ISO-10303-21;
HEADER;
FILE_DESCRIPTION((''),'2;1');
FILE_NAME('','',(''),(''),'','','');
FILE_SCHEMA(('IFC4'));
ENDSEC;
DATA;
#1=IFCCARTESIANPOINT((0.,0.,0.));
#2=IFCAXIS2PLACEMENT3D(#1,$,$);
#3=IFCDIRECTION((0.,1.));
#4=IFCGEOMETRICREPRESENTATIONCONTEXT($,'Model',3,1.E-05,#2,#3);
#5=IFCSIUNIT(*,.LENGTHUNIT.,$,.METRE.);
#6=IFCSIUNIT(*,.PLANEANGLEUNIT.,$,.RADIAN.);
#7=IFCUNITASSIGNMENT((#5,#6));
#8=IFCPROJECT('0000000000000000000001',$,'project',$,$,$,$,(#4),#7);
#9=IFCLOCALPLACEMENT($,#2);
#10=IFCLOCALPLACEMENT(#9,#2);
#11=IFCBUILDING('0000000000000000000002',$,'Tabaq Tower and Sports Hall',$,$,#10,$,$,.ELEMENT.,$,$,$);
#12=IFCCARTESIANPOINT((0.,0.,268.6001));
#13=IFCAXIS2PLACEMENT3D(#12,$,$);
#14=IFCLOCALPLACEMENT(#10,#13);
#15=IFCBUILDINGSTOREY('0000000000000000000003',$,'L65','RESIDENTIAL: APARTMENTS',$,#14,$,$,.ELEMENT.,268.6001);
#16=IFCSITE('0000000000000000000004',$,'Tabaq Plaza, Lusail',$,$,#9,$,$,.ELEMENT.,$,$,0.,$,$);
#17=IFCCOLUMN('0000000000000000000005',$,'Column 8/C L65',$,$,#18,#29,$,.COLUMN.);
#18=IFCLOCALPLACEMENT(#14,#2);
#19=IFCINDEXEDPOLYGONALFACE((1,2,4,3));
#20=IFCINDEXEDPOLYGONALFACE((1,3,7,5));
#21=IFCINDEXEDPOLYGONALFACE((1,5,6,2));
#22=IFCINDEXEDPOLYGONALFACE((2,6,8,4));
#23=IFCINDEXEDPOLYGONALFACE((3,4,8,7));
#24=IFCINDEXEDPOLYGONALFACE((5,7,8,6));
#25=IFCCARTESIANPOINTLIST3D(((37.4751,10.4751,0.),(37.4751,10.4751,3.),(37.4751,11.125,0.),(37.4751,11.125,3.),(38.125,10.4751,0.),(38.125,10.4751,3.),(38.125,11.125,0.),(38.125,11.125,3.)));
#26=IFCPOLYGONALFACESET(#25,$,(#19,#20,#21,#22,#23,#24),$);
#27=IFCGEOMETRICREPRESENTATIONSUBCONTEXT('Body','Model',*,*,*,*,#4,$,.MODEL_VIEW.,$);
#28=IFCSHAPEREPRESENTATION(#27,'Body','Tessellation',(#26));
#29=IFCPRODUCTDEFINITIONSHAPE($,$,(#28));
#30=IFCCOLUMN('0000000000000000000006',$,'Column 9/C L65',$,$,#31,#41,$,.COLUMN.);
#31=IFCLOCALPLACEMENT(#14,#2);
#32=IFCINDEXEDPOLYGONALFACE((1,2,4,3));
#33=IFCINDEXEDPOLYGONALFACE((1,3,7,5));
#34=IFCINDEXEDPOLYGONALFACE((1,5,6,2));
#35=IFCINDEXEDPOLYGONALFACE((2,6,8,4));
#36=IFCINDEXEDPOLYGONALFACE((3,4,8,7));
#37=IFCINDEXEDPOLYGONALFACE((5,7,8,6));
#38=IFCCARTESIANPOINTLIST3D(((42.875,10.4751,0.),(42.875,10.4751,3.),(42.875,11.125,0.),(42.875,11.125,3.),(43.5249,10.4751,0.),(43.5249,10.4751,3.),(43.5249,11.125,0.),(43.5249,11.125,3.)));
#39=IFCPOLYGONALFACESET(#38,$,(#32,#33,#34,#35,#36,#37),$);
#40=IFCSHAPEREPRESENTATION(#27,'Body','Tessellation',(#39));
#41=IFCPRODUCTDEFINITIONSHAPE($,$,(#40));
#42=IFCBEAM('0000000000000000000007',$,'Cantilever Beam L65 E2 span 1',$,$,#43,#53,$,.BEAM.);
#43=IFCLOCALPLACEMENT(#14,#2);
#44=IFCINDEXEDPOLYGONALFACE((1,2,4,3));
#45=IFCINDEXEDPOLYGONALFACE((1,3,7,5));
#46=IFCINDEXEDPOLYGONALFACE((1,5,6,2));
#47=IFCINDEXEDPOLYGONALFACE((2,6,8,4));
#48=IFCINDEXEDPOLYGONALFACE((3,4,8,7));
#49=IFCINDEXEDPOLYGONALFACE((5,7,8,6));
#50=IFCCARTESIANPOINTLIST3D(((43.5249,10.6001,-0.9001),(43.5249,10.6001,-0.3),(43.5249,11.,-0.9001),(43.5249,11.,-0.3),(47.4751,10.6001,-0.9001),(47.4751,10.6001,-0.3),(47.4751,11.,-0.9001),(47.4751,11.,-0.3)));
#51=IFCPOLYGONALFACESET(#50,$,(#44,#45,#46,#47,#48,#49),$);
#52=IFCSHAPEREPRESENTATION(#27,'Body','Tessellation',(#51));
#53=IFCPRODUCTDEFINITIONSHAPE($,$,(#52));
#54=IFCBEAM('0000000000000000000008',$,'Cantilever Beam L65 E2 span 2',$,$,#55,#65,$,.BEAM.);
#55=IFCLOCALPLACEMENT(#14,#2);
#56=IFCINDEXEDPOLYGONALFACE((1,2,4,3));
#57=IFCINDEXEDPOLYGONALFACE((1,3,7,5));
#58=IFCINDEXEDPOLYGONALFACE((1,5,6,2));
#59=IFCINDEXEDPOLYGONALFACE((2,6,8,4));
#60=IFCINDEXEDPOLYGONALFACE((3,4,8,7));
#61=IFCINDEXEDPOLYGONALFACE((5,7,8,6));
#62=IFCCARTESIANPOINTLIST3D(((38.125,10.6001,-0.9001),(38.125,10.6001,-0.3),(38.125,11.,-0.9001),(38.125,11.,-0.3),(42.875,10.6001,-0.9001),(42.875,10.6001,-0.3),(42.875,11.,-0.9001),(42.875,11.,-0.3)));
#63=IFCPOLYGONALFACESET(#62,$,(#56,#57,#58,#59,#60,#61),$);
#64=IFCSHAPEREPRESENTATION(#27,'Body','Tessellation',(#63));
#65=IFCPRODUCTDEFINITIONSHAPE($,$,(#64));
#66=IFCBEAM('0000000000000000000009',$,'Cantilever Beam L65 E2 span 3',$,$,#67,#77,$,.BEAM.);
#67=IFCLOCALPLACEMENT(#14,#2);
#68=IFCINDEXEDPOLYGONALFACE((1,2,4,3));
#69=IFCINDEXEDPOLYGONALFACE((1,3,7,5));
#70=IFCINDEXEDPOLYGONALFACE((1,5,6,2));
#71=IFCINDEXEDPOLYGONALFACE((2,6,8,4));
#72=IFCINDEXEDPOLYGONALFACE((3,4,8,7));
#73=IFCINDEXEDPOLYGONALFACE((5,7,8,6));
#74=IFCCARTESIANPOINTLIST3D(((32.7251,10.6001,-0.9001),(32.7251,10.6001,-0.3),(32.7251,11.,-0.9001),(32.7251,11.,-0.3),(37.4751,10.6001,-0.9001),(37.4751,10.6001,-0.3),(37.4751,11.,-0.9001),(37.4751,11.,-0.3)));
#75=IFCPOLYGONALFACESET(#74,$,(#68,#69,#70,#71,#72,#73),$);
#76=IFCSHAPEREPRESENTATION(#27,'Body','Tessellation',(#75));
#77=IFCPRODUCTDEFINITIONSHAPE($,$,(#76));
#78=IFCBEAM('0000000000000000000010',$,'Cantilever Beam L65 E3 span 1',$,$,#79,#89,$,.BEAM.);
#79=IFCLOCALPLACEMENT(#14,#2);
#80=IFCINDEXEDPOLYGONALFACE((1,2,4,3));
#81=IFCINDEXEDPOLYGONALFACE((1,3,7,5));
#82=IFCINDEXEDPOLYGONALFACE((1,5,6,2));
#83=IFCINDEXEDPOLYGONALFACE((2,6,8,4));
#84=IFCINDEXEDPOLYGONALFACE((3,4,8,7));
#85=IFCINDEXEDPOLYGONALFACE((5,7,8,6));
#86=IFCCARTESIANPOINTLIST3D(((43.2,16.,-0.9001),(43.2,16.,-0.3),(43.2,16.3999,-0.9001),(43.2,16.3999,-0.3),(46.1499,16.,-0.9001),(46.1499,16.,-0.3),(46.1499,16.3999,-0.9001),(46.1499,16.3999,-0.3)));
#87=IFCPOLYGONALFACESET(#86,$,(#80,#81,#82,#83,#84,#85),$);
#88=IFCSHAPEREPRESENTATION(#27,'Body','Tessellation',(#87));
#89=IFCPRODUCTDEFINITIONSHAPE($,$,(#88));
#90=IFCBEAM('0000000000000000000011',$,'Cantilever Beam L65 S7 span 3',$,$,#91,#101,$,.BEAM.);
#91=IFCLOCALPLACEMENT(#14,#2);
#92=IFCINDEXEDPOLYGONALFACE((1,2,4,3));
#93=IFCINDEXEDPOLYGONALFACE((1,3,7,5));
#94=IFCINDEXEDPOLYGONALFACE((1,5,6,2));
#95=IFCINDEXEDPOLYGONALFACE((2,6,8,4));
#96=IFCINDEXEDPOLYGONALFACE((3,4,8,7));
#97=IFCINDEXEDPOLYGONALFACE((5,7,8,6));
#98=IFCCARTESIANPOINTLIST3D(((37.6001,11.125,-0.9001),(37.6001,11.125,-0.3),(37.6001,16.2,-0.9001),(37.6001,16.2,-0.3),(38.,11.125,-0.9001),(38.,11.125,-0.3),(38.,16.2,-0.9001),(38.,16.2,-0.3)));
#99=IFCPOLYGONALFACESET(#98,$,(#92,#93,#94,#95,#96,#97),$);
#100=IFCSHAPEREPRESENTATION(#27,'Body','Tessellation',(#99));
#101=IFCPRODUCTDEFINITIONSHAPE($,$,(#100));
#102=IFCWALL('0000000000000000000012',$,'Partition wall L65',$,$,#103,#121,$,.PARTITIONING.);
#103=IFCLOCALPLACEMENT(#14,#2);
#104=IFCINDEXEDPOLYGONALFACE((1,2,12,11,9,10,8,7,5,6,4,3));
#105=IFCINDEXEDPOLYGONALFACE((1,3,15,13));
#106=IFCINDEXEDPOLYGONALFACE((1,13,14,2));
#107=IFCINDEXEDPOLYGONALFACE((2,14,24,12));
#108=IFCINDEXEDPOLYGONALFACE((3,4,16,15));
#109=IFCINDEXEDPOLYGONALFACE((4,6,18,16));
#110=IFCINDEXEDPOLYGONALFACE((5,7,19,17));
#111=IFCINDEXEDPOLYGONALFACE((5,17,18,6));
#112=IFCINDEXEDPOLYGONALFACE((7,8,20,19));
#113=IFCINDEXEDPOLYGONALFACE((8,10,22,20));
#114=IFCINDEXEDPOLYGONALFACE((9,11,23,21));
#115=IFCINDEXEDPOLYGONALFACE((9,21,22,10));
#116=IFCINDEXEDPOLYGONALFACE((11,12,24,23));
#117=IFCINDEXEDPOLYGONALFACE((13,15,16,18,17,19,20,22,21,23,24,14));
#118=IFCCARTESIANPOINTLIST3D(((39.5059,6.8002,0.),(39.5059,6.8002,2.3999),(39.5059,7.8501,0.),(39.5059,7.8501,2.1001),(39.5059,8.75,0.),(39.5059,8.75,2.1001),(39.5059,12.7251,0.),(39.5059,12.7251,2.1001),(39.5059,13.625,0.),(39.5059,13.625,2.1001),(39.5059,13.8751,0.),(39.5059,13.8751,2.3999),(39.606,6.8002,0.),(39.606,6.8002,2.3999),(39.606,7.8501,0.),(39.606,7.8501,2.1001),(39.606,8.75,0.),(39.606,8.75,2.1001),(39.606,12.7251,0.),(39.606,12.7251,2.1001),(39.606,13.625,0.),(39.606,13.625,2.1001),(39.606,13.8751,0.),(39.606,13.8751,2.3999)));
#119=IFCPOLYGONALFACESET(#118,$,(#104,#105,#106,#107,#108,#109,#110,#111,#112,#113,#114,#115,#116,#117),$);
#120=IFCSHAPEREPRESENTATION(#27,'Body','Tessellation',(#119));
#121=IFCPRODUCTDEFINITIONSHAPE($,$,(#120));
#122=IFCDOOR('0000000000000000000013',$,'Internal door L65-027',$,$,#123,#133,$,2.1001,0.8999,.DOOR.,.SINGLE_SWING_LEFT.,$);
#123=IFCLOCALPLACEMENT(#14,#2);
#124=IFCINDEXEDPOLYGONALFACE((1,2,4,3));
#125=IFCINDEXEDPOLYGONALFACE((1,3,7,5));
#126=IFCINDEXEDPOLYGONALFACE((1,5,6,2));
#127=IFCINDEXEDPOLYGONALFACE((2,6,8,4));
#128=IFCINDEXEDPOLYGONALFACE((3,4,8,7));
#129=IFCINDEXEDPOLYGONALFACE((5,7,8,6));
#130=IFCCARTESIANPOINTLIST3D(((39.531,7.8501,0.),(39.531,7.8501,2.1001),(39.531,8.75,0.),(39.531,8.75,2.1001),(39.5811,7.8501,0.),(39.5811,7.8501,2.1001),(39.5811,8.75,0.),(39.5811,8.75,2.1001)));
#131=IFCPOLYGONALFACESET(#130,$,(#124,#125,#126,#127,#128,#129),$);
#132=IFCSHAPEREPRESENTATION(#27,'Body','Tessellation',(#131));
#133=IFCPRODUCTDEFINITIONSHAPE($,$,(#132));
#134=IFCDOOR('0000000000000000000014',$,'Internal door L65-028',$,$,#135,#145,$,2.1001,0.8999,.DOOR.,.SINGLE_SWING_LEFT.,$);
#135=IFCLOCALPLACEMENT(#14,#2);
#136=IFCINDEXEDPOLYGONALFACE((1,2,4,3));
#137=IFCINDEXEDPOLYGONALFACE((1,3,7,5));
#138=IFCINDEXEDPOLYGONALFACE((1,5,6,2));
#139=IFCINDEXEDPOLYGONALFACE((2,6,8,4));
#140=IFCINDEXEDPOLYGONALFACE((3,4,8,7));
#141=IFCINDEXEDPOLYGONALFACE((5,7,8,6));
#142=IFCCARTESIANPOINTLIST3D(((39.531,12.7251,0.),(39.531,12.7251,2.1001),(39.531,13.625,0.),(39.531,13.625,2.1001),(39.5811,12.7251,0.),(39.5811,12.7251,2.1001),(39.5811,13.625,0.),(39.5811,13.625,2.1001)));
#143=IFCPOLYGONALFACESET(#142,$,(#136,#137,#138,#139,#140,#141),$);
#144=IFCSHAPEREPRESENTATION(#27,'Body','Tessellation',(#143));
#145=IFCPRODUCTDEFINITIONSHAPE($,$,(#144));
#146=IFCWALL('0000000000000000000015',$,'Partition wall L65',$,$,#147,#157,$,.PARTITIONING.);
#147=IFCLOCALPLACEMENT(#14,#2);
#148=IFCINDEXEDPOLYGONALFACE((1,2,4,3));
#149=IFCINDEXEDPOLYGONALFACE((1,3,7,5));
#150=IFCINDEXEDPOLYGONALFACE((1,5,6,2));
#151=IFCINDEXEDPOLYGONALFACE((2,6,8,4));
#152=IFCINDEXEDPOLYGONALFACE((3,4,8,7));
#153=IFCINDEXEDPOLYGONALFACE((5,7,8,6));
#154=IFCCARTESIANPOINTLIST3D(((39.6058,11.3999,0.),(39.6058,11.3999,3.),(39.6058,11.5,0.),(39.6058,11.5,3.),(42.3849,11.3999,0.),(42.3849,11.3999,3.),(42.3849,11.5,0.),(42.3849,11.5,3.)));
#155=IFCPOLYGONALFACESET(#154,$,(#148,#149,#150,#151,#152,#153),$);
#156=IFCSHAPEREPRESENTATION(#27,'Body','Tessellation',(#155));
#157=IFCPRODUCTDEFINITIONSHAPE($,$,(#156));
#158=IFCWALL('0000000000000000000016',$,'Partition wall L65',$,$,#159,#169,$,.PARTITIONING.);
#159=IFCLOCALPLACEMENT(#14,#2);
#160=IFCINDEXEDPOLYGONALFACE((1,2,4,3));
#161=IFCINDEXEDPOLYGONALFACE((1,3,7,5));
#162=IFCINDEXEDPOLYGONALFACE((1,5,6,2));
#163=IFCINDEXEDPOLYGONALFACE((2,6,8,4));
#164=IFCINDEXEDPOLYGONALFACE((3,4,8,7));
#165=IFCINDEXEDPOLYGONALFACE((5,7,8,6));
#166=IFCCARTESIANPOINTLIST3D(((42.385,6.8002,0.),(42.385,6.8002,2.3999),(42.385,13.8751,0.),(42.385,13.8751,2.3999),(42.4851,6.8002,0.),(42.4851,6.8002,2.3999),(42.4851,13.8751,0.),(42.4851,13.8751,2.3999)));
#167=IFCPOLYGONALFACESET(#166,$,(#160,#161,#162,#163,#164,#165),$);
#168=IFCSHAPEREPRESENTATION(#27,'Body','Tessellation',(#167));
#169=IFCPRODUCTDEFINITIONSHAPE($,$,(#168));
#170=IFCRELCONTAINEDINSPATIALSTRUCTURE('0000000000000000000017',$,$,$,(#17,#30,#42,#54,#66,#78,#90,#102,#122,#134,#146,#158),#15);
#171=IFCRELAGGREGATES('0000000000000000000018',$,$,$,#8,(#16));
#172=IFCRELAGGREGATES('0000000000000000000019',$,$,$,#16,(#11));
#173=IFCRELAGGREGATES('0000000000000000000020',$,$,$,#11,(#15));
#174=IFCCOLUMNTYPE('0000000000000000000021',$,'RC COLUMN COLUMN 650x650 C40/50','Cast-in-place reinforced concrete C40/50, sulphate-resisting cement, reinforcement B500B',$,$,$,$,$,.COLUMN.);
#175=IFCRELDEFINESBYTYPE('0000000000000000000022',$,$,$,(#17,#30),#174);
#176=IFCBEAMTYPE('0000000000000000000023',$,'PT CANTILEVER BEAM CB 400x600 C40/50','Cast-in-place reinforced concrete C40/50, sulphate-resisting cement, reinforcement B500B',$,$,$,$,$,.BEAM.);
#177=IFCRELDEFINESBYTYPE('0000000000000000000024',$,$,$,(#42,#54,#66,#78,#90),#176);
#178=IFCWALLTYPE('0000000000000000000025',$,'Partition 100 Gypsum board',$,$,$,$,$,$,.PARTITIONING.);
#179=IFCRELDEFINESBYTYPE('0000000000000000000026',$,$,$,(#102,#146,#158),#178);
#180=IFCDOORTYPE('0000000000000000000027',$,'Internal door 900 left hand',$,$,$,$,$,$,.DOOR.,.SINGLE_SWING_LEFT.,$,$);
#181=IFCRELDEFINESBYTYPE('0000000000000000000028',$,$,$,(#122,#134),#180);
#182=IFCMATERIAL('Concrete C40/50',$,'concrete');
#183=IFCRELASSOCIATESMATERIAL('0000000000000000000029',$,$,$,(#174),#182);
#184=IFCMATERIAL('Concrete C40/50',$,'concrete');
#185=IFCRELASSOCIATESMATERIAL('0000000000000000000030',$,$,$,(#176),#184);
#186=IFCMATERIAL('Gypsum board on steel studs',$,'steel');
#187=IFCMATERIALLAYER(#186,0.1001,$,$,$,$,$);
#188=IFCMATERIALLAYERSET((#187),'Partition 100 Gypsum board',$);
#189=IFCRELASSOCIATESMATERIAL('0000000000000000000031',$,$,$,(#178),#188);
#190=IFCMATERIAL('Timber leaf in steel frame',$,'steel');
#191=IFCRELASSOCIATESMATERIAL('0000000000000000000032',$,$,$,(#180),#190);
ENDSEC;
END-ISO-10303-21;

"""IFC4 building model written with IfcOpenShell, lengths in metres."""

from ifc_helpers import new_model, si_unit, direction, frame, frame_2d, origin, origin_2d, place, context, subcontext, project, spatial, rectangle, extrude, material, layer, layer_set, material_profile, profile_set, type_object, element, fill, save


model = new_model("IFC4")

# Units and contexts
model_context = context("Model", 3, precision=1e-05, world=origin(), true_north=direction((0.0, 1.0)))
body_context = subcontext(model_context, "Body", "Model", "MODEL_VIEW")
ifc_project = project(units=[si_unit("LENGTHUNIT", "METRE"), si_unit("PLANEANGLEUNIT", "RADIAN")], contexts=[model_context])

# Site, building, storey
site_placement = place(None, origin())
site = spatial("IfcSite", under=ifc_project, at=site_placement, Name="Tabaq Plaza, Lusail", CompositionType="ELEMENT", RefElevation=0.0)
building_placement = place(site_placement, origin())
building = spatial("IfcBuilding", under=site, at=building_placement, Name="Tabaq Tower and Sports Hall", CompositionType="ELEMENT")
storey_placement = place(building_placement, frame((0.0, 0.0, 268.6001)))
storey = spatial("IfcBuildingStorey", under=building, at=storey_placement, Name="L65", Description="RESIDENTIAL: APARTMENTS", CompositionType="ELEMENT", Elevation=268.6001)

# Columns
ifc_material_1 = material(Name="Concrete C40/50", Category="concrete")
ifc_material_profile_1 = material_profile(ifc_material_1, rectangle(XDim=0.6499, YDim=0.6499, at=origin_2d()), Name="COLUMN 650x650")
ifc_profile_set_1 = profile_set([ifc_material_profile_1], Name="Concrete C40/50")
column_type = type_object("IfcColumnType", Name="RC COLUMN COLUMN 650x650 C40/50", Description="Cast-in-place reinforced concrete C40/50, sulphate-resisting cement, reinforcement B500B", PredefinedType="COLUMN", material=ifc_profile_set_1)
for number, where, z_axis, x_axis, name in (
    (1, (37.8, 10.8, 0.0), (0.0, 0.0, 1.0), (1.0, 0.0, 0.0), "Column 8/C L65"),
    (2, (43.2, 10.8, 0.0), (0.0, 0.0, 1.0), (1.0, 0.0, 0.0), "Column 9/C L65"),
):
    element("IfcColumn", number, at=place(storey_placement, frame(where, z_axis=z_axis, x_axis=x_axis)), inside=storey, type_object=column_type, Name=name, PredefinedType="COLUMN", context=body_context, shape_type="SweptSolid", body=[
        extrude(rectangle(XDim=0.6499, YDim=0.6499, at=origin_2d()), origin(), (0.0, 0.0, 1.0), 3.0),
    ])

# Beams
ifc_material_2 = material(Name="Concrete C40/50", Category="concrete")
ifc_material_profile_2 = material_profile(ifc_material_2, rectangle(XDim=0.3999, YDim=0.6001, at=origin_2d()), Name="CB 400x600")
ifc_profile_set_2 = profile_set([ifc_material_profile_2], Name="Concrete C40/50")
beam_type = type_object("IfcBeamType", Name="PT CANTILEVER BEAM CB 400x600 C40/50", Description="Cast-in-place reinforced concrete C40/50, sulphate-resisting cement, reinforcement B500B", PredefinedType="BEAM", material=ifc_profile_set_2)
beam_1_placement = place(storey_placement, frame((47.4751, 10.8, -0.6001), z_axis=(-1.0, 0.0, 0.0), x_axis=(0.0, -1.0, 0.0)))
element("IfcBeam", 3, at=beam_1_placement, inside=storey, type_object=beam_type, Name="Cantilever Beam L65 E2 span 1", PredefinedType="BEAM", context=body_context, shape_type="SweptSolid", body=[
    extrude(rectangle(XDim=0.3999, YDim=0.6001, at=origin_2d()), origin(), (0.0, 0.0, 1.0), 3.9502),
])
for number, where, z_axis, x_axis, name in (
    (4, (42.875, 10.8, -0.6001), (-1.0, 0.0, 0.0), (0.0, -1.0, 0.0), "Cantilever Beam L65 E2 span 2"),
    (5, (37.4751, 10.8, -0.6001), (-1.0, 0.0, 0.0), (0.0, -1.0, 0.0), "Cantilever Beam L65 E2 span 3"),
):
    element("IfcBeam", number, at=place(storey_placement, frame(where, z_axis=z_axis, x_axis=x_axis)), inside=storey, type_object=beam_type, Name=name, PredefinedType="BEAM", context=body_context, shape_type="SweptSolid", body=[
        extrude(rectangle(XDim=0.3999, YDim=0.6001, at=origin_2d()), origin(), (0.0, 0.0, 1.0), 4.75),
    ])
beam_2_placement = place(storey_placement, frame((46.1499, 16.2, -0.6001), z_axis=(-1.0, 0.0, 0.0), x_axis=(0.0, -1.0, 0.0)))
element("IfcBeam", 6, at=beam_2_placement, inside=storey, type_object=beam_type, Name="Cantilever Beam L65 E3 span 1", PredefinedType="BEAM", context=body_context, shape_type="SweptSolid", body=[
    extrude(rectangle(XDim=0.3999, YDim=0.6001, at=origin_2d()), origin(), (0.0, 0.0, 1.0), 2.95),
])
beam_3_placement = place(storey_placement, frame((37.8, 11.125, -0.6001), z_axis=(0.0, 1.0, 0.0), x_axis=(-1.0, 0.0, 0.0)))
element("IfcBeam", 7, at=beam_3_placement, inside=storey, type_object=beam_type, Name="Cantilever Beam L65 S7 span 3", PredefinedType="BEAM", context=body_context, shape_type="SweptSolid", body=[
    extrude(rectangle(XDim=0.3999, YDim=0.6001, at=origin_2d()), origin(), (0.0, 0.0, 1.0), 5.075),
])

# Wall, openings, doors
ifc_material_3 = material(Name="Gypsum board on steel studs", Category="steel")
ifc_layer_1 = layer(ifc_material_3, 0.1001)
ifc_layer_set_1 = layer_set([ifc_layer_1], Name="Partition 100 Gypsum board")
wall_type_1 = type_object("IfcWallType", Name="Partition 100 Gypsum board", PredefinedType="PARTITIONING", material=ifc_layer_set_1)
wall_1_placement = place(storey_placement, frame((39.5559, 6.8, 0.0), z_axis=(0.0, 0.0, 1.0), x_axis=(0.0, 1.0, 0.0)))
wall_1 = element("IfcWall", 8, at=wall_1_placement, inside=storey, type_object=wall_type_1, Name="Partition wall L65", PredefinedType="PARTITIONING", context=body_context, shape_type="SweptSolid", body=[
    extrude(rectangle(XDim=7.075, YDim=0.1001, at=frame_2d((3.5376, 0.0))), origin(), (0.0, 0.0, 1.0), 2.3999),
])
opening_1_placement = place(wall_1_placement, frame((1.05, 0.0, 0.0)))
opening_1 = element("IfcOpeningElement", 9, at=opening_1_placement, cuts=wall_1, PredefinedType="OPENING", context=body_context, shape_type="SweptSolid", body=[
    extrude(rectangle(XDim=0.8999, YDim=2.1001, at=frame_2d((0.45, 1.05))), frame((0.0, 0.05, 0.0), z_axis=(0.0, -1.0, 0.0), x_axis=(1.0, 0.0, 0.0)), (0.0, 0.0, 1.0), 0.1001),
])
opening_2_placement = place(wall_1_placement, frame((5.925, 0.0, 0.0)))
opening_2 = element("IfcOpeningElement", 10, at=opening_2_placement, cuts=wall_1, PredefinedType="OPENING", context=body_context, shape_type="SweptSolid", body=[
    extrude(rectangle(XDim=0.8999, YDim=2.1001, at=frame_2d((0.45, 1.05))), frame((0.0, 0.05, 0.0), z_axis=(0.0, -1.0, 0.0), x_axis=(1.0, 0.0, 0.0)), (0.0, 0.0, 1.0), 0.1001),
])
ifc_material_4 = material(Name="Timber leaf in steel frame", Category="steel")
door_type_1 = type_object("IfcDoorType", Name="Internal door 900 left hand", OperationType="SINGLE_SWING_LEFT", PredefinedType="DOOR", material=ifc_material_4)
door_1_placement = place(opening_1_placement, origin())
door_1 = element("IfcDoor", 11, at=door_1_placement, inside=storey, type_object=door_type_1, Name="Internal door L65-027", OperationType="SINGLE_SWING_LEFT", OverallHeight=2.1001, OverallWidth=0.8999, PredefinedType="DOOR", context=body_context, shape_type="SweptSolid", body=[
    extrude(rectangle(XDim=0.8999, YDim=2.1001, at=frame_2d((0.45, 1.05))), frame((0.0, 0.0249, 0.0), z_axis=(0.0, -1.0, 0.0), x_axis=(1.0, 0.0, 0.0)), (0.0, 0.0, 1.0), 0.05),
])
fill(opening_1, door_1)
door_2_placement = place(opening_2_placement, origin())
door_2 = element("IfcDoor", 12, at=door_2_placement, inside=storey, type_object=door_type_1, Name="Internal door L65-028", OperationType="SINGLE_SWING_LEFT", OverallHeight=2.1001, OverallWidth=0.8999, PredefinedType="DOOR", context=body_context, shape_type="SweptSolid", body=[
    extrude(rectangle(XDim=0.8999, YDim=2.1001, at=frame_2d((0.45, 1.05))), frame((0.0, 0.0249, 0.0), z_axis=(0.0, -1.0, 0.0), x_axis=(1.0, 0.0, 0.0)), (0.0, 0.0, 1.0), 0.05),
])
fill(opening_2, door_2)

# Walls
wall_2_placement = place(storey_placement, frame((42.385, 11.45, 0.0), z_axis=(0.0, 0.0, 1.0), x_axis=(-1.0, 0.0, 0.0)))
element("IfcWall", 13, at=wall_2_placement, inside=storey, type_object=wall_type_1, Name="Partition wall L65", PredefinedType="PARTITIONING", context=body_context, shape_type="SweptSolid", body=[
    extrude(rectangle(XDim=2.7791, YDim=0.1001, at=frame_2d((1.3896, 0.0))), origin(), (0.0, 0.0, 1.0), 3.0),
])
wall_3_placement = place(storey_placement, frame((42.4351, 6.8, 0.0), z_axis=(0.0, 0.0, 1.0), x_axis=(0.0, 1.0, 0.0)))
element("IfcWall", 14, at=wall_3_placement, inside=storey, type_object=wall_type_1, Name="Partition wall L65", PredefinedType="PARTITIONING", context=body_context, shape_type="SweptSolid", body=[
    extrude(rectangle(XDim=7.075, YDim=0.1001, at=frame_2d((3.5376, 0.0))), origin(), (0.0, 0.0, 1.0), 2.3999),
])

save(model, "model.ifc")
